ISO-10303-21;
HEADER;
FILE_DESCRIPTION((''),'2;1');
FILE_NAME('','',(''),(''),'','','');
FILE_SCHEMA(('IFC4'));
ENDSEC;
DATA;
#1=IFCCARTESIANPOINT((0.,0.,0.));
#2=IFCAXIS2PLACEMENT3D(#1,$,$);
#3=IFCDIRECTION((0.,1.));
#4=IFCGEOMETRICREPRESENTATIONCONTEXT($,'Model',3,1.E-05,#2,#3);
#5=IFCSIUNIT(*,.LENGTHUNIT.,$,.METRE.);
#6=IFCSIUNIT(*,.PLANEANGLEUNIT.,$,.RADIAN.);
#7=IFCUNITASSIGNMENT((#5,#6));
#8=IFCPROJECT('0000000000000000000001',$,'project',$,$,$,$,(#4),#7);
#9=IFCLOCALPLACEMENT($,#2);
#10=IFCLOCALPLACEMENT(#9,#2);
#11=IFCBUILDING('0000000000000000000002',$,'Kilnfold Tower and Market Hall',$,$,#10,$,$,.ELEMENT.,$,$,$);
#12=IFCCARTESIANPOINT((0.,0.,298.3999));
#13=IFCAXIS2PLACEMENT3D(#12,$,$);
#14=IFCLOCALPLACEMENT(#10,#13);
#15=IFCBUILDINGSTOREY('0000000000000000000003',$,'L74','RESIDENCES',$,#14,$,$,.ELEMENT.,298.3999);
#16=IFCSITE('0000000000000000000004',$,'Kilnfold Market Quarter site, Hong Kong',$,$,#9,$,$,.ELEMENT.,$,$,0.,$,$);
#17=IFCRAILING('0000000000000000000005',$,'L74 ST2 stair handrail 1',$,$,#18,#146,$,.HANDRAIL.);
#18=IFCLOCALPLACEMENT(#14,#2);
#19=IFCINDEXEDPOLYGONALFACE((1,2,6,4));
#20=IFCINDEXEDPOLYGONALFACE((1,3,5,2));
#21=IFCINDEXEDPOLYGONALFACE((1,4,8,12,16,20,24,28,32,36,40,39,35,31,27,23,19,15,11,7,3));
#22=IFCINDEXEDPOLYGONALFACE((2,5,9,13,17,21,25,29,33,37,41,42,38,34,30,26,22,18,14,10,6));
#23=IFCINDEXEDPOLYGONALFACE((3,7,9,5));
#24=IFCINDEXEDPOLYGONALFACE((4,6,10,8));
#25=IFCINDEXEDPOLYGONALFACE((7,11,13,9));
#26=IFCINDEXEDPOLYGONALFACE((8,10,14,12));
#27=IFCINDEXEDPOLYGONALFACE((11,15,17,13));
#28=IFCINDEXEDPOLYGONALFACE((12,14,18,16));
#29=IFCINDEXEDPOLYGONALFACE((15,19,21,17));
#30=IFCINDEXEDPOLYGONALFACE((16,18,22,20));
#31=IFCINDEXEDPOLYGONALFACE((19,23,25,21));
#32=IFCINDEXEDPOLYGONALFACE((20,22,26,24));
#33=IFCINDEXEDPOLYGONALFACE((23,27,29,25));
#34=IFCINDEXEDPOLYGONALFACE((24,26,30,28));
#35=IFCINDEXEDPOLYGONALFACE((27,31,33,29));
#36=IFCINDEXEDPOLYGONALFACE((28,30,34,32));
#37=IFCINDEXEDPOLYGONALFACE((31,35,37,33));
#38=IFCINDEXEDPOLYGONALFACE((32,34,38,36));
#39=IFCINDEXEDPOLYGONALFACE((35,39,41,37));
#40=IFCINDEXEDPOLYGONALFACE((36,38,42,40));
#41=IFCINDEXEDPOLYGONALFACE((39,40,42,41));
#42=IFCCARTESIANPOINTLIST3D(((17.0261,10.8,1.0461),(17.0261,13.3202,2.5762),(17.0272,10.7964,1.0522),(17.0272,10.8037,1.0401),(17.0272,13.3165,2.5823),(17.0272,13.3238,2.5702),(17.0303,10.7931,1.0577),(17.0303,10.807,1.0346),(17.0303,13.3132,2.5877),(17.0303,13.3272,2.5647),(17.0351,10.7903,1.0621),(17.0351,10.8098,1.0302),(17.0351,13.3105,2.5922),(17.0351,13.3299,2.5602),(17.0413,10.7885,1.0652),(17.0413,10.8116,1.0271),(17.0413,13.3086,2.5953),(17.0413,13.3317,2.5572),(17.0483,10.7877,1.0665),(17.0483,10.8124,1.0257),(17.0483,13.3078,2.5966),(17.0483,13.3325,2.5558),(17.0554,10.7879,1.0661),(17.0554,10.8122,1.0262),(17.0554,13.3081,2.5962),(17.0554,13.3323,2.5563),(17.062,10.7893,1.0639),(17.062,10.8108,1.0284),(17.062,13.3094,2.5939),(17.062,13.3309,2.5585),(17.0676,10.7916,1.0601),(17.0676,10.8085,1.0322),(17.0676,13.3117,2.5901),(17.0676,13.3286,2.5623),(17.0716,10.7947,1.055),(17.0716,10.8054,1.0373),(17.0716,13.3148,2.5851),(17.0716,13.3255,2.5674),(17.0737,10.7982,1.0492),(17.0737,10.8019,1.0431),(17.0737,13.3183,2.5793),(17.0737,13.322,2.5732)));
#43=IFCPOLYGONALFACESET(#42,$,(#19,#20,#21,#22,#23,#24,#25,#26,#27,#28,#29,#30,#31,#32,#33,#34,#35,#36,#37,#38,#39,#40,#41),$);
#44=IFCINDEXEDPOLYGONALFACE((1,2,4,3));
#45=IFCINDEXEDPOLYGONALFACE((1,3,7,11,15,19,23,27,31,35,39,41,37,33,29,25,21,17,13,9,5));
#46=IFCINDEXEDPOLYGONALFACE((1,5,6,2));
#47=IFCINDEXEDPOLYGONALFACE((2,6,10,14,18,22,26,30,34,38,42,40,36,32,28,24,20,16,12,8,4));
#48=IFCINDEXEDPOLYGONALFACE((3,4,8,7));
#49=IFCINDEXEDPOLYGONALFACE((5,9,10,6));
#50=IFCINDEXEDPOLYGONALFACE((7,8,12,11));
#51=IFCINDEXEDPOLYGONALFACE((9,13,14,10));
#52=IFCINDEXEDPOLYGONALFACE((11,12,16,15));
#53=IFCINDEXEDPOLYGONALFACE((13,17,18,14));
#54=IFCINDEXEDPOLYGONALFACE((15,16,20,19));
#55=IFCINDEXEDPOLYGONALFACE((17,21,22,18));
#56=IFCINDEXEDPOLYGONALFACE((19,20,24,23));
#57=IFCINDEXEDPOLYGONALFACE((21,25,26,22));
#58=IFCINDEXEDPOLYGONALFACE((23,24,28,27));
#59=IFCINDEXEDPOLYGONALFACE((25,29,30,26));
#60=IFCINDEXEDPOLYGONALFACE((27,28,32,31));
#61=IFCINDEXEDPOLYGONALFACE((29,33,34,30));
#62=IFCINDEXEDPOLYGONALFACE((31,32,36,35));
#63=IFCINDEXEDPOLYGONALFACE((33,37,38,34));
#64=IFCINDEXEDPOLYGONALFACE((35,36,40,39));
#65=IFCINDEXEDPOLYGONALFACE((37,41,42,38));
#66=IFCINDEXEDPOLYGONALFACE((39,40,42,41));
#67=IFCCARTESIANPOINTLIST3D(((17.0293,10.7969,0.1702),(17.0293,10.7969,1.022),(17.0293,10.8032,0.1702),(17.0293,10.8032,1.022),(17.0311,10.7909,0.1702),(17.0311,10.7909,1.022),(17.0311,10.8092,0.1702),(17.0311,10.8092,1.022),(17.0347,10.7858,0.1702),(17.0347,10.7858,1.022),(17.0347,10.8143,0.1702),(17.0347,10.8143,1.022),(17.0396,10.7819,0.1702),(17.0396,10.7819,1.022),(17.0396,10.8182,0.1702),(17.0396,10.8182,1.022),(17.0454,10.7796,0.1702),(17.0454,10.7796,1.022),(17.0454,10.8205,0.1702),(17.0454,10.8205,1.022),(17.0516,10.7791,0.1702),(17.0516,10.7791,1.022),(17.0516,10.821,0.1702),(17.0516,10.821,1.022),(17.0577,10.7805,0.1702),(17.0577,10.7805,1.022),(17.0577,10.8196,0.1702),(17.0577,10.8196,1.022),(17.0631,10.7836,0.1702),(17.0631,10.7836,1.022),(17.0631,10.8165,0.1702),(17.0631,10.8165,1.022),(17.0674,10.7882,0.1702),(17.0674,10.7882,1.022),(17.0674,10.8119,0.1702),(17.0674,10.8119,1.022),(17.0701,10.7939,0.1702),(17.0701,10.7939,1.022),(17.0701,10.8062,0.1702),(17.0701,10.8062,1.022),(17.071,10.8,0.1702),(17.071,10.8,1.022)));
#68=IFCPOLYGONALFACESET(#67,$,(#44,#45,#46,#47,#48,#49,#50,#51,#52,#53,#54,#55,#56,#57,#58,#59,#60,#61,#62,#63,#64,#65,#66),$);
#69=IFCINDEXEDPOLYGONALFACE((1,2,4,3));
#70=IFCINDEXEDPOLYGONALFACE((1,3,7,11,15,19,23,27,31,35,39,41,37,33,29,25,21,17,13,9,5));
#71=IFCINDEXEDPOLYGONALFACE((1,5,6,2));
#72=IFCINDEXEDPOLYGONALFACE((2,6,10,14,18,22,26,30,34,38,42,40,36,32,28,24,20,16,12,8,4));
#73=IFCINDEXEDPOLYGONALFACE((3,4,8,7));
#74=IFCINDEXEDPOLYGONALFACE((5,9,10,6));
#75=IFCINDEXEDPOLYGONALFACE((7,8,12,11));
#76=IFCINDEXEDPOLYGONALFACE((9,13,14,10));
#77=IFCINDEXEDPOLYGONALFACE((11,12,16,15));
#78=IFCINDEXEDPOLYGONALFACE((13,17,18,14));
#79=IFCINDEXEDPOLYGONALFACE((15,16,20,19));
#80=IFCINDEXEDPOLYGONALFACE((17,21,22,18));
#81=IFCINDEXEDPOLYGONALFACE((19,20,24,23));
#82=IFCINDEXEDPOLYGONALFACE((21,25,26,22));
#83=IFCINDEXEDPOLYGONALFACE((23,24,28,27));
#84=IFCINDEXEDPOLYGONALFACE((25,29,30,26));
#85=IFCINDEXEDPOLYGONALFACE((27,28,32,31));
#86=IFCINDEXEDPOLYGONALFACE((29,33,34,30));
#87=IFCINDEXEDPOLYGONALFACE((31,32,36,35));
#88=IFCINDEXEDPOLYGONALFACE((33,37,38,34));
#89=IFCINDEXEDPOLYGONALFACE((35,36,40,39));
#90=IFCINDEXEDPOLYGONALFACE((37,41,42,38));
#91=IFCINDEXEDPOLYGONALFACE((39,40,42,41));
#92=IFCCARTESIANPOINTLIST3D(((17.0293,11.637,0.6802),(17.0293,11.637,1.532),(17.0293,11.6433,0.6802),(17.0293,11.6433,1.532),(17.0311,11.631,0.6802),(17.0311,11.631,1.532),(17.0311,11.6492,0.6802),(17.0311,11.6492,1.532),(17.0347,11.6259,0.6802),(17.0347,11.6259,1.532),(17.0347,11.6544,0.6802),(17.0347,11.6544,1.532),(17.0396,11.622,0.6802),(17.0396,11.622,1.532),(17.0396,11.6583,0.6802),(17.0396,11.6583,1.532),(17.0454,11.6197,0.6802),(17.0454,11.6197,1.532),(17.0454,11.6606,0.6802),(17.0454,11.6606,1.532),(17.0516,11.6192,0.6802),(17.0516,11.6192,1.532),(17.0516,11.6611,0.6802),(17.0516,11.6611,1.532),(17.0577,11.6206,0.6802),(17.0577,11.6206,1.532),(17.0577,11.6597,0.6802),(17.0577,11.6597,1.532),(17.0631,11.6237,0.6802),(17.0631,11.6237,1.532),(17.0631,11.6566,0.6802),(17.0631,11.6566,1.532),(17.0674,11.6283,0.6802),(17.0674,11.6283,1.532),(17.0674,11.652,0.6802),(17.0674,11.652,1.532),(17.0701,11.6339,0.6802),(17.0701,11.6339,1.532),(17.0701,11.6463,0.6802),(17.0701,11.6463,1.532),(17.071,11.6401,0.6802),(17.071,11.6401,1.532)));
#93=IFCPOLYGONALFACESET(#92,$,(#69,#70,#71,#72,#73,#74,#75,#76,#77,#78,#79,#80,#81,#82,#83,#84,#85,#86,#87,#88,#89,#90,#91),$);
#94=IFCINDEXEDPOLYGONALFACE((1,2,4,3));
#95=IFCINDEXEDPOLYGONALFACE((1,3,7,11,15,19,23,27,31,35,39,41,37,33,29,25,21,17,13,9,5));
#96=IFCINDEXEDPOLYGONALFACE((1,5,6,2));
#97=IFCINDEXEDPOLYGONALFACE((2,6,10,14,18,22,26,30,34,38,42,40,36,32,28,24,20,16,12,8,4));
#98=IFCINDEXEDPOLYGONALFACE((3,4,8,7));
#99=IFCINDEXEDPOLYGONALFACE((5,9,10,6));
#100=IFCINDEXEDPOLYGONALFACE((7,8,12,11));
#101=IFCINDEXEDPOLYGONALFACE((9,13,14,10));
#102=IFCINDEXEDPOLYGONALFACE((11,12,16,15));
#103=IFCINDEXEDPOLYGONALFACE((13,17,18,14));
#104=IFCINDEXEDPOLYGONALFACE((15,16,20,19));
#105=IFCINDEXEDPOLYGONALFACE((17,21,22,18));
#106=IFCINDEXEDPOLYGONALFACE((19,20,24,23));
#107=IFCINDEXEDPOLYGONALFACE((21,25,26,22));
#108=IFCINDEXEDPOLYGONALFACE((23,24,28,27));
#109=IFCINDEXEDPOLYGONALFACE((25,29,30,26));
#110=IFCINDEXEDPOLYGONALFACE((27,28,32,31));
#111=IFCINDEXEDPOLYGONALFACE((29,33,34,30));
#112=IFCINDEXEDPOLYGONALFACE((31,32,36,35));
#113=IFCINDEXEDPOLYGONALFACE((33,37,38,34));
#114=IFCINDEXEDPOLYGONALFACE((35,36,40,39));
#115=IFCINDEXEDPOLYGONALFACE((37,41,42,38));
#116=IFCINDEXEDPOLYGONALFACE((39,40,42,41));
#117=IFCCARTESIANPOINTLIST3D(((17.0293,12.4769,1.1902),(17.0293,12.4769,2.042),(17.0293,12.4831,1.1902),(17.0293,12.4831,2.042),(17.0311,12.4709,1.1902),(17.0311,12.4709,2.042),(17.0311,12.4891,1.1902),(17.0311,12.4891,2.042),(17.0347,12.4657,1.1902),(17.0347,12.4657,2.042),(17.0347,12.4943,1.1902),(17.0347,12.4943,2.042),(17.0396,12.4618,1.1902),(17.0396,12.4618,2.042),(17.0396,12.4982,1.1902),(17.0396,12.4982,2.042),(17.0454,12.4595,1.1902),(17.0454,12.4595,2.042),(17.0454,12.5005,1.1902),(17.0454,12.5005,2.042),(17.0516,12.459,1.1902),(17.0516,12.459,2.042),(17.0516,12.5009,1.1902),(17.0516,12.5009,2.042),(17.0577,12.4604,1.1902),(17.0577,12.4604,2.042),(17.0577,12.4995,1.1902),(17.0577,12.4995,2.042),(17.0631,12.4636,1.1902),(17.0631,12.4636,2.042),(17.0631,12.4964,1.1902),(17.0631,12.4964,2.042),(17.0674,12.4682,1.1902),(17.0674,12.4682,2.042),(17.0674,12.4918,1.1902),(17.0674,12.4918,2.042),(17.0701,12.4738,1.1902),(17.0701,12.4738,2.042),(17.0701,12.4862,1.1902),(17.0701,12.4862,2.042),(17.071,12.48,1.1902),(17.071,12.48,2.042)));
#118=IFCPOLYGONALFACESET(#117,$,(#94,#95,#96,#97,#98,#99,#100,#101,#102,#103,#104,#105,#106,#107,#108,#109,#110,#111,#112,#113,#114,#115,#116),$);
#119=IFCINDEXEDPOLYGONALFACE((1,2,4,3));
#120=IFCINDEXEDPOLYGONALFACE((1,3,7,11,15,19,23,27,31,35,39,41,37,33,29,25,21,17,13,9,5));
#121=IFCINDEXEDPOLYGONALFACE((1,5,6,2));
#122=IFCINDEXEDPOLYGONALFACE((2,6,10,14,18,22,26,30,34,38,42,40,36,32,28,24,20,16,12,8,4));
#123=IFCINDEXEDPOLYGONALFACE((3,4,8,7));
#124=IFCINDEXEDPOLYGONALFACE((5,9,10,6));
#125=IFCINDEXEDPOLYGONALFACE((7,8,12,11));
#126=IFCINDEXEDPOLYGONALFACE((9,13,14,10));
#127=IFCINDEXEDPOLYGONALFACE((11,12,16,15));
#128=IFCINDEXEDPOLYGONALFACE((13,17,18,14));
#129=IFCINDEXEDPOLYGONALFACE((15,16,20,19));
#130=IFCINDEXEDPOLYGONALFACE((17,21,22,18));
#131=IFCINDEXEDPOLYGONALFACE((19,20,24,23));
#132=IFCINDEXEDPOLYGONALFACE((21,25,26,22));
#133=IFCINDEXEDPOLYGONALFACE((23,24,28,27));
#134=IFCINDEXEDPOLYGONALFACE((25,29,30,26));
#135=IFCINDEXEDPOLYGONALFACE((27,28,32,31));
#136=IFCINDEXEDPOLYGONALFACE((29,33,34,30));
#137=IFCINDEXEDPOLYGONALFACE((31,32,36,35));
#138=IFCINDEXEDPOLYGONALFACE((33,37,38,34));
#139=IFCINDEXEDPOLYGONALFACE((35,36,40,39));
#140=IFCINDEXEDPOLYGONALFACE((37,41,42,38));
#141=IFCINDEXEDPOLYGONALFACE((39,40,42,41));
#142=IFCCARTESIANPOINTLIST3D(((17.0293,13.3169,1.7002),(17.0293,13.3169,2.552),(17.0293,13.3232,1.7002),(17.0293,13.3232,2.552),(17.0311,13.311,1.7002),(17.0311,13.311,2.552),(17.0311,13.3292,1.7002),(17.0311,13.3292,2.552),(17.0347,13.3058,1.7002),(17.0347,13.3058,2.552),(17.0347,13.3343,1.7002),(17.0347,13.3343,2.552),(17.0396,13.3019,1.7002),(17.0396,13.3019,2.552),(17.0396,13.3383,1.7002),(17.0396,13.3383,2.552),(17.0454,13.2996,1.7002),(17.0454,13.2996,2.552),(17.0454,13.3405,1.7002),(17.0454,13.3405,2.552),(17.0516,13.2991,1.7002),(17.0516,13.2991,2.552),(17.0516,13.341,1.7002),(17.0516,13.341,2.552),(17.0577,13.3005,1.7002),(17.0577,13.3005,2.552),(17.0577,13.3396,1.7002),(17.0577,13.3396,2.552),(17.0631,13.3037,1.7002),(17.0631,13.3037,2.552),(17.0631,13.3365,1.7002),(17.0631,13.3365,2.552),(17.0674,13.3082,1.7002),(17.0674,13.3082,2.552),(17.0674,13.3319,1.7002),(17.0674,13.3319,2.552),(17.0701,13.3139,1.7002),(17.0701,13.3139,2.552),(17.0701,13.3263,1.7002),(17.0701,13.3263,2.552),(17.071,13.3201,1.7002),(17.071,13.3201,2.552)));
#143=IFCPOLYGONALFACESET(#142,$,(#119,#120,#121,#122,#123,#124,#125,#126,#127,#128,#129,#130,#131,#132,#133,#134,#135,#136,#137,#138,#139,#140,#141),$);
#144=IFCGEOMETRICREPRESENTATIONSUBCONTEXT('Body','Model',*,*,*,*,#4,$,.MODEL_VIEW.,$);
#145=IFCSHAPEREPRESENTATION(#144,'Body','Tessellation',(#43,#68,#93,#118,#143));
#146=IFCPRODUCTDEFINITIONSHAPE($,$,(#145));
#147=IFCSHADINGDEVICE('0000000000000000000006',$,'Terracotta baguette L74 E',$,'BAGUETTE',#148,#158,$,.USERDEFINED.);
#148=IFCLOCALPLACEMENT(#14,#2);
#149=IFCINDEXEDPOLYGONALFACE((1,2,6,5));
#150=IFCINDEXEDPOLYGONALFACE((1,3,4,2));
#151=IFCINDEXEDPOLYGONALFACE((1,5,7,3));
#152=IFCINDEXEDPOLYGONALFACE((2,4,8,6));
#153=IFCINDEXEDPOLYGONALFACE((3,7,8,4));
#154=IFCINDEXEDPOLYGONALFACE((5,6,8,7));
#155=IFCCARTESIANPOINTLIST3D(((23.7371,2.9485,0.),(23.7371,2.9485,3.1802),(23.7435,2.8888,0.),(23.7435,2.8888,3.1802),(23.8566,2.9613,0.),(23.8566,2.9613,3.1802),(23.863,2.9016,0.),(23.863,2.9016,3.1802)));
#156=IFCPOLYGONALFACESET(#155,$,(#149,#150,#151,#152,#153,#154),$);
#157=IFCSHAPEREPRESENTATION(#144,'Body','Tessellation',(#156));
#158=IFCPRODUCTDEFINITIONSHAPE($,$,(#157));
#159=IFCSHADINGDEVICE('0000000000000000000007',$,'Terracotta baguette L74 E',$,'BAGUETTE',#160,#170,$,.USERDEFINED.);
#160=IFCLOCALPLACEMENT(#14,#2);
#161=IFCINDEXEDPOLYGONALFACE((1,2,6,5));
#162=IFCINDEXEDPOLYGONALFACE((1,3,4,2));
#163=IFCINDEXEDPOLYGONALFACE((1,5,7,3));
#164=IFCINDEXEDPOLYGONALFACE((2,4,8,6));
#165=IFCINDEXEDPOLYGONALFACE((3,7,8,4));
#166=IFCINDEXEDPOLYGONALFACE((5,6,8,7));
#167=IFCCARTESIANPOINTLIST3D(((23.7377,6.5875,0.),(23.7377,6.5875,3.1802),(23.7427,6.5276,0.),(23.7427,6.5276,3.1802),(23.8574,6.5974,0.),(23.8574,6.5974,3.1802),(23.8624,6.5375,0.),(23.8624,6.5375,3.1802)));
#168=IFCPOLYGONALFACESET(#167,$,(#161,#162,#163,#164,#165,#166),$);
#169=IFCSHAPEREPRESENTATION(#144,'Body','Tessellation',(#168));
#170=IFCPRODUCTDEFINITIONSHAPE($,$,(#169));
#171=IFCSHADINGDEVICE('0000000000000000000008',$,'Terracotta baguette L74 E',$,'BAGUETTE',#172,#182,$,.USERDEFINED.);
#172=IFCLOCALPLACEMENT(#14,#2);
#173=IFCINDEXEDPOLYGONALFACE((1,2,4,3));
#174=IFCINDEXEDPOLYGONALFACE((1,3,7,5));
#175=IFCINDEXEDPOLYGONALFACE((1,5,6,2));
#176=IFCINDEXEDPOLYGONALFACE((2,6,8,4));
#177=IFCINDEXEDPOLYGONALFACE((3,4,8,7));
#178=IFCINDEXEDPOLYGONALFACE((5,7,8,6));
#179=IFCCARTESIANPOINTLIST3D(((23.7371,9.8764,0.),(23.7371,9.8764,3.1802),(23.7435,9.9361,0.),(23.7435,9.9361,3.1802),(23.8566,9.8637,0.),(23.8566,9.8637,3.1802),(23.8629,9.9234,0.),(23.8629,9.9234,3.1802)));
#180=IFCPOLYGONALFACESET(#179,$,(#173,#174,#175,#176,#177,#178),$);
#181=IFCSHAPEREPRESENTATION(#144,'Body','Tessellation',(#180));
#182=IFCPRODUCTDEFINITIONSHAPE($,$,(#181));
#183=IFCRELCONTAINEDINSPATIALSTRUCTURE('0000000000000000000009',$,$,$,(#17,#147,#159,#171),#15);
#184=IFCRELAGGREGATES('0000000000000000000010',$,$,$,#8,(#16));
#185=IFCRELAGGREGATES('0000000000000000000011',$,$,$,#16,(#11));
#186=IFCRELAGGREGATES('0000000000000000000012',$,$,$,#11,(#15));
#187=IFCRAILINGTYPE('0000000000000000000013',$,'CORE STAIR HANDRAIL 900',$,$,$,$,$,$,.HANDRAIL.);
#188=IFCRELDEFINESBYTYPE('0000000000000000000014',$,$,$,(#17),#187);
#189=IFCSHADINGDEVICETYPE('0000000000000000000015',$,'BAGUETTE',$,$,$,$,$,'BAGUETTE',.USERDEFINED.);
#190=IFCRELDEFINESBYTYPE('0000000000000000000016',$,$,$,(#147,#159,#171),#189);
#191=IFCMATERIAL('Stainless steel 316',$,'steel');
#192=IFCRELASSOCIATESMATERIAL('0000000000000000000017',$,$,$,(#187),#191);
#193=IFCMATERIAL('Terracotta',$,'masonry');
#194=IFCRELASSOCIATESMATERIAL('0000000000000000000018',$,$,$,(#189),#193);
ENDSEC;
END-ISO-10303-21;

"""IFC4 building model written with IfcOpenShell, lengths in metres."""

from ifc_helpers import new_model, si_unit, direction, frame, origin, origin_2d, place, context, subcontext, project, spatial, rectangle, circle, extrude, source, transform, mapped, material, material_profile, profile_set, type_object, element, save


model = new_model("IFC4")

# Units and contexts
model_context = context("Model", 3, precision=1e-05, world=origin(), true_north=direction((0.0, 1.0)))
body_context = subcontext(model_context, "Body", "Model", "MODEL_VIEW")
ifc_project = project(units=[si_unit("LENGTHUNIT", "METRE"), si_unit("PLANEANGLEUNIT", "RADIAN")], contexts=[model_context])

# Site, building, storey
site_placement = place(None, origin())
site = spatial("IfcSite", under=ifc_project, at=site_placement, Name="Kilnfold Market Quarter site, Hong Kong", CompositionType="ELEMENT", RefElevation=0.0)
building_placement = place(site_placement, origin())
building = spatial("IfcBuilding", under=site, at=building_placement, Name="Kilnfold Tower and Market Hall", CompositionType="ELEMENT")
storey_placement = place(building_placement, frame((0.0, 0.0, 298.3999)))
storey = spatial("IfcBuildingStorey", under=building, at=storey_placement, Name="L74", Description="RESIDENCES", CompositionType="ELEMENT", Elevation=298.3999)

# Railing
ifc_material_1 = material(Name="Stainless steel 316", Category="steel")
railing_type_1 = type_object("IfcRailingType", Name="CORE STAIR HANDRAIL 900", PredefinedType="HANDRAIL", material=ifc_material_1)
railing_1_placement = place(storey_placement, frame((17.05, 10.8, 0.1702)))
element("IfcRailing", 1, at=railing_1_placement, inside=storey, type_object=railing_type_1, Name="L74 ST2 stair handrail 1", PredefinedType="HANDRAIL", context=body_context, shape_type="SweptSolid", body=[
    extrude(circle(Radius=0.0239, at=origin_2d()), frame((0.0, 0.0, 0.876), z_axis=(0.0, 0.854785, 0.518982), x_axis=(-1.0, 0.0, 0.0)), (0.0, 0.0, 1.0), 2.9482),
    extrude(circle(Radius=0.021, at=origin_2d()), origin(), (0.0, 0.0, 1.0), 0.8518),
    extrude(circle(Radius=0.021, at=origin_2d()), frame((0.0, 0.8401, 0.51)), (0.0, 0.0, 1.0), 0.8518),
    extrude(circle(Radius=0.021, at=origin_2d()), frame((0.0, 1.6799, 1.02)), (0.0, 0.0, 1.0), 0.8518),
    extrude(circle(Radius=0.021, at=origin_2d()), frame((0.0, 2.52, 1.53)), (0.0, 0.0, 1.0), 0.8518),
])

# Shading devices
ifc_material_2 = material(Name="Terracotta", Category="masonry")
ifc_material_profile_1 = material_profile(ifc_material_2, rectangle(XDim=0.0601, YDim=0.1201, at=origin_2d()), Name="BAG 60x120")
ifc_profile_set_1 = profile_set([ifc_material_profile_1], Name="Terracotta")
shading_device_type = type_object("IfcShadingDeviceType", Name="BAGUETTE", ElementType="BAGUETTE", PredefinedType="USERDEFINED", material=ifc_profile_set_1)
shared_shape_1 = source(origin(), body_context, "Body", "SweptSolid", [
    extrude(rectangle(XDim=0.0601, YDim=0.1201, at=origin_2d()), origin(), (0.0, 0.0, 1.0), 3.1802),
])
for number, where, z_axis, x_axis, name in (
    (2, (23.8, 2.925, 0.0), (0.0, 0.0, 1.0), (-0.106849, 0.994275, 0.0), "Terracotta baguette L74 E"),
    (3, (23.8, 6.5625, 0.0), (0.0, 0.0, 1.0), (-0.082772, 0.996569, 0.0), "Terracotta baguette L74 E"),
    (4, (23.8, 9.8999, 0.0), (0.0, 0.0, 1.0), (0.105842, 0.994383, 0.0), "Terracotta baguette L74 E"),
):
    element("IfcShadingDevice", number, at=place(storey_placement, frame(where, z_axis=z_axis, x_axis=x_axis)), inside=storey, type_object=shading_device_type, Name=name, ObjectType="BAGUETTE", PredefinedType="USERDEFINED", context=body_context, shape_type="MappedRepresentation", body=[
        mapped(shared_shape_1, transform((0.0, 0.0, 0.0))),
    ])

save(model, "model.ifc")
